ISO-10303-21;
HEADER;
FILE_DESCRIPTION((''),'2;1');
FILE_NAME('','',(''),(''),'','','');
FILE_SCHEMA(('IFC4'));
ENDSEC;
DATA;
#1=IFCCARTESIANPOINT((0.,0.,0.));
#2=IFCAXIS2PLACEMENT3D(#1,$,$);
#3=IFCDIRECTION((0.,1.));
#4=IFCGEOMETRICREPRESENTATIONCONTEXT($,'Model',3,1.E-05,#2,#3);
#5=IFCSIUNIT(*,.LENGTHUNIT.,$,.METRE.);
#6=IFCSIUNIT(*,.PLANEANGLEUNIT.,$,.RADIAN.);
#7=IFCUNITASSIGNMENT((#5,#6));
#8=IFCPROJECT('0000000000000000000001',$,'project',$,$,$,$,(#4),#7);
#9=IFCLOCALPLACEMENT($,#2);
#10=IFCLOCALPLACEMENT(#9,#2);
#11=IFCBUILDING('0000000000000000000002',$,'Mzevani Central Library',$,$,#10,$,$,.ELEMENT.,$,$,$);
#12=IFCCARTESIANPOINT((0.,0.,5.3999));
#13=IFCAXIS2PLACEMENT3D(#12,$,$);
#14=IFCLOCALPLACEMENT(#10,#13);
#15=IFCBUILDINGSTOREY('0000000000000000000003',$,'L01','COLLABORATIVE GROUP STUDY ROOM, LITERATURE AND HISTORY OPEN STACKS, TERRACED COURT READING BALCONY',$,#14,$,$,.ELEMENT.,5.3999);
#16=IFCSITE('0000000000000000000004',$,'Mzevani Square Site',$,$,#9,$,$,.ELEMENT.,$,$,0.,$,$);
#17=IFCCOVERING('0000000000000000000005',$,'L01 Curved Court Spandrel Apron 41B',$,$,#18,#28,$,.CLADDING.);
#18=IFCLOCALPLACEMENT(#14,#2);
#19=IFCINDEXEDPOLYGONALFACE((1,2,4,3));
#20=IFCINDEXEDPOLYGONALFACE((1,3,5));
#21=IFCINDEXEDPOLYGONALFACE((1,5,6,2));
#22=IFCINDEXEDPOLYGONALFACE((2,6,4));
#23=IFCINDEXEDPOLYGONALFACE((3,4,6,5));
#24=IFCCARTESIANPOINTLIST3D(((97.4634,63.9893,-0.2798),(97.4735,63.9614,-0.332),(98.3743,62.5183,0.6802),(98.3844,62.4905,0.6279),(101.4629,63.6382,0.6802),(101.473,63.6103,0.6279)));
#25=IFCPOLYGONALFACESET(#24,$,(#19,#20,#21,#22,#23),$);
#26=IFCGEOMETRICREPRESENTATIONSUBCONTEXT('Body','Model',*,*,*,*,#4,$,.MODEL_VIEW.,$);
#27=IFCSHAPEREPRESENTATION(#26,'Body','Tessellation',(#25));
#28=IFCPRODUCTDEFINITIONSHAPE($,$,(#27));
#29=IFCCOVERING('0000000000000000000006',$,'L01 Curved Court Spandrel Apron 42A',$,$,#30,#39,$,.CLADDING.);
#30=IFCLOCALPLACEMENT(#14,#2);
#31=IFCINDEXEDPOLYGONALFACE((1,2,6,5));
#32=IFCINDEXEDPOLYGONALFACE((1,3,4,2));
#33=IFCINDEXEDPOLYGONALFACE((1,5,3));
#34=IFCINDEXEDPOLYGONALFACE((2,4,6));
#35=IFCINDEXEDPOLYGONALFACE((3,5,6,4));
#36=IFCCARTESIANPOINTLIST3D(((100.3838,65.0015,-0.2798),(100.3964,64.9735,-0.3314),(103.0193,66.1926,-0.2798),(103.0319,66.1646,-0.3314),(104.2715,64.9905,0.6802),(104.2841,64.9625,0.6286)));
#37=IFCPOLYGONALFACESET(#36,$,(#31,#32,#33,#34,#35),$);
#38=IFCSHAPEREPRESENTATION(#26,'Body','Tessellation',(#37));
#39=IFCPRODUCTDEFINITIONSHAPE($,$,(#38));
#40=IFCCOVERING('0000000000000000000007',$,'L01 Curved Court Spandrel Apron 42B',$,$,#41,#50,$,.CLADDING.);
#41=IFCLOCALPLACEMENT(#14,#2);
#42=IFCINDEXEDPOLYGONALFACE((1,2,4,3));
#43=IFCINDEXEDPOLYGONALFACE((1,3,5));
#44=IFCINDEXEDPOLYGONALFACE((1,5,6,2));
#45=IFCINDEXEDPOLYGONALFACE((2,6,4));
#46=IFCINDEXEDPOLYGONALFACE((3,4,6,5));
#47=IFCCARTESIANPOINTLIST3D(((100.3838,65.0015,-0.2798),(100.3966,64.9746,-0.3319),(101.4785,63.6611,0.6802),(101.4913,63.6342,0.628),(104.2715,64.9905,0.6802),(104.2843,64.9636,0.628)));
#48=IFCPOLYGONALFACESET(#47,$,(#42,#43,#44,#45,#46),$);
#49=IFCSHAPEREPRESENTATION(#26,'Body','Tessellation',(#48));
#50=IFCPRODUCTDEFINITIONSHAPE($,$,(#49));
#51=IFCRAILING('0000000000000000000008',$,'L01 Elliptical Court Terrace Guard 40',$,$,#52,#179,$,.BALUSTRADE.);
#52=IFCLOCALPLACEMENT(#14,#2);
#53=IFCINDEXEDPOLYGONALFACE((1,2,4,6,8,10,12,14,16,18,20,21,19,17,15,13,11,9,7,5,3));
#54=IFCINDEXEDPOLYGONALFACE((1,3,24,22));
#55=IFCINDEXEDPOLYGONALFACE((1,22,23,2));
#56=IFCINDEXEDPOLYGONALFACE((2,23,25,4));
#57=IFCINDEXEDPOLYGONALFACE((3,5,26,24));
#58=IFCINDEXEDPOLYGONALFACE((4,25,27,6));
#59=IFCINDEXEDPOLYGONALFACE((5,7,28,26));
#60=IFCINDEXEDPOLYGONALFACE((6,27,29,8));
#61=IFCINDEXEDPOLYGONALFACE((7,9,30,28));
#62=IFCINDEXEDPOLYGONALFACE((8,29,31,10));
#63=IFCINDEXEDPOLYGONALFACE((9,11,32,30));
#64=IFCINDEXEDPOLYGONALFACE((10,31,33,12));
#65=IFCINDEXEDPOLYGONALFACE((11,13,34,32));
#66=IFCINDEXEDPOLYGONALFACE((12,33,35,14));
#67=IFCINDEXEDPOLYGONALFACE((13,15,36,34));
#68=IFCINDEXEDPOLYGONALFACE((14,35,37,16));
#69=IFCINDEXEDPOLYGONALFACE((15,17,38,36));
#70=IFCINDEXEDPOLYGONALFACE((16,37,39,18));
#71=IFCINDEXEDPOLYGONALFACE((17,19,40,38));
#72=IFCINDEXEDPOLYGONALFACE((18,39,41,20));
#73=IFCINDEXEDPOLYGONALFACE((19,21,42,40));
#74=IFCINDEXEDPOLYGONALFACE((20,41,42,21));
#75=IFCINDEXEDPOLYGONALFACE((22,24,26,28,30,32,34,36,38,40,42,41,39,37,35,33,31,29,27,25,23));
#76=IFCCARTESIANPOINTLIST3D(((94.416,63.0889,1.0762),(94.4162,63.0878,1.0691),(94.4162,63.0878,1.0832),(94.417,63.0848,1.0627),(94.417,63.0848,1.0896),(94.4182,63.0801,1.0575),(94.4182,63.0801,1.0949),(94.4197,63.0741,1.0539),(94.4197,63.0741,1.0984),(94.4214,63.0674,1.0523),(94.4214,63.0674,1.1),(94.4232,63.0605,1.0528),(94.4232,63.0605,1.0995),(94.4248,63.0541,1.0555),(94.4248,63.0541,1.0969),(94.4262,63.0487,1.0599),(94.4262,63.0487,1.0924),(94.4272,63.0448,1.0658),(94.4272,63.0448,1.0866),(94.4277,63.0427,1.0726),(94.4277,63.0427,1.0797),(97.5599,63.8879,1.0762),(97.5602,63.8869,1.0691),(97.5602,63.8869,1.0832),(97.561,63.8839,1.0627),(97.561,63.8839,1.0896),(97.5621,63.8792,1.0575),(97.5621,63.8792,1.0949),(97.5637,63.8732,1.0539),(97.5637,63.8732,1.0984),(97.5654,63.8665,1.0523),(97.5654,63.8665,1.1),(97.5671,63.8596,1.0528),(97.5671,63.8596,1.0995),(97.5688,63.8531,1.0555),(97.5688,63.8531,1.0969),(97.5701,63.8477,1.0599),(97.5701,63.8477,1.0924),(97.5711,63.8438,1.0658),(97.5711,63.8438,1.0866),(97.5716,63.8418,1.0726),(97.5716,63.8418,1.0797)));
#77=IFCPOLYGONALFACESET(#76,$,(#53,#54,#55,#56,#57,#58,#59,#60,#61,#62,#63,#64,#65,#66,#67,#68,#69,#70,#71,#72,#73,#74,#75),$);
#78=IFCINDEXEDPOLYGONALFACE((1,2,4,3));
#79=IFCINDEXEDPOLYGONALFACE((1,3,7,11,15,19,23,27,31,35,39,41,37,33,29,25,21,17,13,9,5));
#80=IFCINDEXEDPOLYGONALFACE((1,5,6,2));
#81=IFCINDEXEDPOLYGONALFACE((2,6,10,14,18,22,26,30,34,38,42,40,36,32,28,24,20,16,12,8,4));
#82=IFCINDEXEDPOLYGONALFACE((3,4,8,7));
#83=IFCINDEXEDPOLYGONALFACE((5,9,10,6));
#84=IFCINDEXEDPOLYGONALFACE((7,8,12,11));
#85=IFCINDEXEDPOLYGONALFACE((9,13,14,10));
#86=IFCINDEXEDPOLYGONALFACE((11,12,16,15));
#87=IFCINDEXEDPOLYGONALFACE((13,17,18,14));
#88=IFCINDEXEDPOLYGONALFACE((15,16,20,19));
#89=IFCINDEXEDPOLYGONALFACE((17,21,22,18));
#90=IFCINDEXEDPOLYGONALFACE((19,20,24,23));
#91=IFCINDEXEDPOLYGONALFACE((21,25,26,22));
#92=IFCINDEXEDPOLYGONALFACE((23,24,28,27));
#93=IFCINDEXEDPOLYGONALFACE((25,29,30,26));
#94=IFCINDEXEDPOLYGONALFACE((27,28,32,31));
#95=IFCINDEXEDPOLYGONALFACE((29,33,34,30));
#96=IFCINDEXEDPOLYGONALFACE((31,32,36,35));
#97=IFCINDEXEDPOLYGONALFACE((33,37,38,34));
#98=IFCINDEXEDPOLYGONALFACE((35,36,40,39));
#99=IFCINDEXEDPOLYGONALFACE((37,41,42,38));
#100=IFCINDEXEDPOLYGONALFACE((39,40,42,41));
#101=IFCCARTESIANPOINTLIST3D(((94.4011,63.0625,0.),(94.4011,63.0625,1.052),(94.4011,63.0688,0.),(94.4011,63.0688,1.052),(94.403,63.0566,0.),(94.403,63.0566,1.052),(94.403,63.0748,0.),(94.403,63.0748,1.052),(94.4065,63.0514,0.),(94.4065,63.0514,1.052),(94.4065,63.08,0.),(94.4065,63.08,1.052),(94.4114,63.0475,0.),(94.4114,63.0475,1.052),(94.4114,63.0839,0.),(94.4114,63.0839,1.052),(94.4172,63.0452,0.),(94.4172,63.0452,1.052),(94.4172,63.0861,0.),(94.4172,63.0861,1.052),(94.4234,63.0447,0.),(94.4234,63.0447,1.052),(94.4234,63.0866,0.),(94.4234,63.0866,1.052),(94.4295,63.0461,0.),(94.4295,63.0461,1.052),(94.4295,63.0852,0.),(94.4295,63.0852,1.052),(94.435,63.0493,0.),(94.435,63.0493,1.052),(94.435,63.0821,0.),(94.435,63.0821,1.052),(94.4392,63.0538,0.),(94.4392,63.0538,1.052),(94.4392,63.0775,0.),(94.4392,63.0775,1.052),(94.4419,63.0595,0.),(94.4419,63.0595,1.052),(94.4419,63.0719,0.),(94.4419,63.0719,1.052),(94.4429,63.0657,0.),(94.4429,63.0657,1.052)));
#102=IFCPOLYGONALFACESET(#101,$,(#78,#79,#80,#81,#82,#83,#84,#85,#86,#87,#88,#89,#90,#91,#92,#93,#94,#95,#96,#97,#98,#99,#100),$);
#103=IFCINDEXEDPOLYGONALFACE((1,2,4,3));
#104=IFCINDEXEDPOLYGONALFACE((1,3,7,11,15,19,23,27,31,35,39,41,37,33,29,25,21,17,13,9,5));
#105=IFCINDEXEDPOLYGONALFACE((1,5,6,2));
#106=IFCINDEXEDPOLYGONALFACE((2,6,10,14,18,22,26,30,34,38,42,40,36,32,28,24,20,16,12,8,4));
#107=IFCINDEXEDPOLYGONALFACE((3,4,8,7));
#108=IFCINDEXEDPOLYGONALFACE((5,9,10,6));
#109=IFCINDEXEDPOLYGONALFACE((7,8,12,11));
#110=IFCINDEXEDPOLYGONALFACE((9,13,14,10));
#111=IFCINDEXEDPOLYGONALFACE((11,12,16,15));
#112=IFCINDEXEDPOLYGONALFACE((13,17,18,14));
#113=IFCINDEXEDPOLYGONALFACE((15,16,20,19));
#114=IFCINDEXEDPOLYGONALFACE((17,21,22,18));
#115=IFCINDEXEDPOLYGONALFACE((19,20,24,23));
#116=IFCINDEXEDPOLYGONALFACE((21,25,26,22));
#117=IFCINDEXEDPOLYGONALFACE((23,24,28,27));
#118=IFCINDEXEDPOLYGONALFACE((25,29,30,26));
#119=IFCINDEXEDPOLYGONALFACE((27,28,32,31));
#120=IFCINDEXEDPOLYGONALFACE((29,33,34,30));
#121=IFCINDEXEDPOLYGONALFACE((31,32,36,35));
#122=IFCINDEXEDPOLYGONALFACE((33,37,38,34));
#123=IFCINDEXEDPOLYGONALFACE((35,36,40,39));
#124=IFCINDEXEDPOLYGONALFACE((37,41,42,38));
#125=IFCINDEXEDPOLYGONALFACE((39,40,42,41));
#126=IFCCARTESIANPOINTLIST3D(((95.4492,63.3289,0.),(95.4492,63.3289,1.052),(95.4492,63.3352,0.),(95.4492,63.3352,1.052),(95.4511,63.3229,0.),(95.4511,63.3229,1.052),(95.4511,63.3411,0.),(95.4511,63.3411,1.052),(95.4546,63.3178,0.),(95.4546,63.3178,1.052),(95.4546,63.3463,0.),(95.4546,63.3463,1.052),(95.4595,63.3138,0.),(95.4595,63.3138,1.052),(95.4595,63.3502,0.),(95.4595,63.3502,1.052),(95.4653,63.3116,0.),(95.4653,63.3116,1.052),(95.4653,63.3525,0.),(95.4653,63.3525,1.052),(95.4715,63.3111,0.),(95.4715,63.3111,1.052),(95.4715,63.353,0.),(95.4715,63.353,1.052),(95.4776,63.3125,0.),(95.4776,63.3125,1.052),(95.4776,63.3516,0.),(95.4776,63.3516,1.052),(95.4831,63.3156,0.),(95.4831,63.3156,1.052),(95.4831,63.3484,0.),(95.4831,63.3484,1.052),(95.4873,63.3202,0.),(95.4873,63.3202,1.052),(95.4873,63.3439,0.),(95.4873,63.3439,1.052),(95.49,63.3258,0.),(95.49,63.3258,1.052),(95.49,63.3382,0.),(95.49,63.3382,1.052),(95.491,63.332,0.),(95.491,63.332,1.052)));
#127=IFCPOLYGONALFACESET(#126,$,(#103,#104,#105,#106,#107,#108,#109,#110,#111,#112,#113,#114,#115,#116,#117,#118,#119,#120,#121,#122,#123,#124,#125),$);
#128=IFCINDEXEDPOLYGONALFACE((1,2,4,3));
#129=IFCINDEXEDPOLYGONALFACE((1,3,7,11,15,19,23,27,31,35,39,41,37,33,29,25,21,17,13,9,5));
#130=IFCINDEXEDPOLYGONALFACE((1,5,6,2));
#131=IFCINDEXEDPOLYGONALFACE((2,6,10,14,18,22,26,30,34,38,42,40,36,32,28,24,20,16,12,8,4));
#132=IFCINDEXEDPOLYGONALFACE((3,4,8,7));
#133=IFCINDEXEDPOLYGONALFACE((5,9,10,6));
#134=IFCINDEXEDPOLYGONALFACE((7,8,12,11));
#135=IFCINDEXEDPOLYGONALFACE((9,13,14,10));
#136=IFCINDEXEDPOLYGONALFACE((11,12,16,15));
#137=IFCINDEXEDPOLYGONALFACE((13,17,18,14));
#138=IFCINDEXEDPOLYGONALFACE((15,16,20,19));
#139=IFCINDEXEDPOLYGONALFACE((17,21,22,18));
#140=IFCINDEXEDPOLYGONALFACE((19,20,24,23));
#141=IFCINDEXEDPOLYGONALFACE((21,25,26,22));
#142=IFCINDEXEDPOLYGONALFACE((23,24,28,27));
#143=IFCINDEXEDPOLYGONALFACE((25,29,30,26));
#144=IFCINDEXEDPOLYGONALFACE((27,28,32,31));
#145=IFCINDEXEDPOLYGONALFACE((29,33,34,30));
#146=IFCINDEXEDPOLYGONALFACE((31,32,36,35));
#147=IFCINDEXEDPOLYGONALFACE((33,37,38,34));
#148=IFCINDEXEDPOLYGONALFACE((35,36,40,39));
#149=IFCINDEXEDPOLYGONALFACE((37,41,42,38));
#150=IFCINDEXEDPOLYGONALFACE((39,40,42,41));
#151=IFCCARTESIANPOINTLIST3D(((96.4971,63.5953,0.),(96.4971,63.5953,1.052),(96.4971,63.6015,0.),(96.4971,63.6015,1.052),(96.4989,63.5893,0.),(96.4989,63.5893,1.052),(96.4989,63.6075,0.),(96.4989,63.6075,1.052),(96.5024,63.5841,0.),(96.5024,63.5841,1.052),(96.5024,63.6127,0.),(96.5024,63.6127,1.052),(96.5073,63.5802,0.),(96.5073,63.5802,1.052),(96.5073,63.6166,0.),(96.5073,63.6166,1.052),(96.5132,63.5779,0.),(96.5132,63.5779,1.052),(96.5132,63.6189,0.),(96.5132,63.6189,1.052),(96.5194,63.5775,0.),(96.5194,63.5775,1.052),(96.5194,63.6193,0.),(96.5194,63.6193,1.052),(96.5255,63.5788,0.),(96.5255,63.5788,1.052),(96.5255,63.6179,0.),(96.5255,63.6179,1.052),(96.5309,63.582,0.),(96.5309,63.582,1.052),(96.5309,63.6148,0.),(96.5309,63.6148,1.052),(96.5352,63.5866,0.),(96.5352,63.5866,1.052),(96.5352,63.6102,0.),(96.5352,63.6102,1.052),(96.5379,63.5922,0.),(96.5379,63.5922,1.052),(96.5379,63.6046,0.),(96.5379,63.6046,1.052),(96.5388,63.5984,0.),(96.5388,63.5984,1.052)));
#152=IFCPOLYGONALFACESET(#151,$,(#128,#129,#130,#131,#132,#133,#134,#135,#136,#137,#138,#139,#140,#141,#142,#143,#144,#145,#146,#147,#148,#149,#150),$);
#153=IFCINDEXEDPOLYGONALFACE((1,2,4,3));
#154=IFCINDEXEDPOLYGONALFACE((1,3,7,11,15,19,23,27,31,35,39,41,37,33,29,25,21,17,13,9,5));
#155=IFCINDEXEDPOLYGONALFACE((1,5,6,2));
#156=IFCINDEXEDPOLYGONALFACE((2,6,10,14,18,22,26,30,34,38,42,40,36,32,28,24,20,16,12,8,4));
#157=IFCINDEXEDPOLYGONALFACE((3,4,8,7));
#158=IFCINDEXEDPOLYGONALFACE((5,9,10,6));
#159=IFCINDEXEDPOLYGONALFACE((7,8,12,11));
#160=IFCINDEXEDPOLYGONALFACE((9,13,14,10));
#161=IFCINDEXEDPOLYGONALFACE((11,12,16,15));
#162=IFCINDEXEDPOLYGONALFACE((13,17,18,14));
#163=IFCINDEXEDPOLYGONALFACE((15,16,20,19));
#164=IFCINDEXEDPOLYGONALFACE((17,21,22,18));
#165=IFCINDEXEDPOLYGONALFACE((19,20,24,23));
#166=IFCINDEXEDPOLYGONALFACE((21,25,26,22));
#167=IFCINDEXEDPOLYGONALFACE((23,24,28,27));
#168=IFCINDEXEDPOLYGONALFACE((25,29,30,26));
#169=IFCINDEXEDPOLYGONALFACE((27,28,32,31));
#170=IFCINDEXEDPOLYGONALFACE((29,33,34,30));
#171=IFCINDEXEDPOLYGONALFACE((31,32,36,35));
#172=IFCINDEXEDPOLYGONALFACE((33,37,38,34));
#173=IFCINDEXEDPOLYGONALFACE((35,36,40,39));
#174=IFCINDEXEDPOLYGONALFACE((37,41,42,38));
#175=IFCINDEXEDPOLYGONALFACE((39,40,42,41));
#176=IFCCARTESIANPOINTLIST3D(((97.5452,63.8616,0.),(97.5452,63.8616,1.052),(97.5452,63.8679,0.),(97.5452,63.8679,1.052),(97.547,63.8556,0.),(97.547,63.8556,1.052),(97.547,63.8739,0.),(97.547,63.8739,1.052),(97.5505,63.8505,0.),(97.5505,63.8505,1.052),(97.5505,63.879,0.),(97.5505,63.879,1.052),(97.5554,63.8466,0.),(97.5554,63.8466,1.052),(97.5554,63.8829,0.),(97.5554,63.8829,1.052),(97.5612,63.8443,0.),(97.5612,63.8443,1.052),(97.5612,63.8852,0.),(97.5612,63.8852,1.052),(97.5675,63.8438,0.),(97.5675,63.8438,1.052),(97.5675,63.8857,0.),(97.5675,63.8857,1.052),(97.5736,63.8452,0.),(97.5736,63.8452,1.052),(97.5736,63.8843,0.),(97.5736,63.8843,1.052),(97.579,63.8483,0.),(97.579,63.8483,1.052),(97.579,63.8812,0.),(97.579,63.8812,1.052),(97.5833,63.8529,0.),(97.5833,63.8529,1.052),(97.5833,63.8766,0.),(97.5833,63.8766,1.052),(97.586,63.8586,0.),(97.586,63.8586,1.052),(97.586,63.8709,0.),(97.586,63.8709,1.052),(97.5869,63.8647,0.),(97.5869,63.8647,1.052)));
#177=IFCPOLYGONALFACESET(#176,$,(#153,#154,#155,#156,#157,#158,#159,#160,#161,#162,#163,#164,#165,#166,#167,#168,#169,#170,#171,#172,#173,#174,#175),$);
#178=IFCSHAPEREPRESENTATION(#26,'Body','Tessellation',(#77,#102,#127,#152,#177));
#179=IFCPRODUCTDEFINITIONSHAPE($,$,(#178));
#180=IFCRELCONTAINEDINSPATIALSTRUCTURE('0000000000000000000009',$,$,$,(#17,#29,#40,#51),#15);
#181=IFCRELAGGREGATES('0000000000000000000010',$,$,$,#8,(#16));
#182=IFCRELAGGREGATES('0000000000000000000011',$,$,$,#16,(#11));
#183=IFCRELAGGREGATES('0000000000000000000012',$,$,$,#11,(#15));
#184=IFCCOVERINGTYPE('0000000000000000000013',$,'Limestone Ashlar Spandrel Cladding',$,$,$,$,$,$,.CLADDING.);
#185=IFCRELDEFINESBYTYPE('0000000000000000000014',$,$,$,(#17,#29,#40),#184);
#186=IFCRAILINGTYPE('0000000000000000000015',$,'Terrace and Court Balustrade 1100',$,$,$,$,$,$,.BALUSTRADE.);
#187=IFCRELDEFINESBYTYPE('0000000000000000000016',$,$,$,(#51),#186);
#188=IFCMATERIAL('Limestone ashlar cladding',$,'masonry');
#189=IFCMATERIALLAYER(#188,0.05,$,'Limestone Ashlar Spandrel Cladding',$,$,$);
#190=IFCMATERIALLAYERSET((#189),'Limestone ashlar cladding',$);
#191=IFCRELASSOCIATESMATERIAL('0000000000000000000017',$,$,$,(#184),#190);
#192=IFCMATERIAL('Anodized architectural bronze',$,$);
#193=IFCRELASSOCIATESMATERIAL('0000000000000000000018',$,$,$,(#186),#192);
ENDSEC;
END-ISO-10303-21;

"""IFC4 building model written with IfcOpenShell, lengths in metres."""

from ifc_helpers import new_model, si_unit, direction, frame, origin, origin_2d, place, context, subcontext, project, spatial, polyline, circle, outline, extrude, material, layer, layer_set, type_object, element, save


model = new_model("IFC4")

# Units and contexts
model_context = context("Model", 3, precision=1e-05, world=origin(), true_north=direction((0.0, 1.0)))
body_context = subcontext(model_context, "Body", "Model", "MODEL_VIEW")
ifc_project = project(units=[si_unit("LENGTHUNIT", "METRE"), si_unit("PLANEANGLEUNIT", "RADIAN")], contexts=[model_context])

# Site, building, storey
site_placement = place(None, origin())
site = spatial("IfcSite", under=ifc_project, at=site_placement, Name="Mzevani Square Site", CompositionType="ELEMENT", RefElevation=0.0)
building_placement = place(site_placement, origin())
building = spatial("IfcBuilding", under=site, at=building_placement, Name="Mzevani Central Library", CompositionType="ELEMENT")
storey_placement = place(building_placement, frame((0.0, 0.0, 5.3999)))
storey = spatial("IfcBuildingStorey", under=building, at=storey_placement, Name="L01", Description="COLLABORATIVE GROUP STUDY ROOM, LITERATURE AND HISTORY OPEN STACKS, TERRACED COURT READING BALCONY", CompositionType="ELEMENT", Elevation=5.3999)

# Coverings
ifc_material_1 = material(Name="Limestone ashlar cladding", Category="masonry")
ifc_layer_1 = layer(ifc_material_1, 0.05, Name="Limestone Ashlar Spandrel Cladding")
ifc_layer_set_1 = layer_set([ifc_layer_1], Name="Limestone ashlar cladding")
covering_type = type_object("IfcCoveringType", Name="Limestone Ashlar Spandrel Cladding", PredefinedType="CLADDING", material=ifc_layer_set_1)
covering_1_placement = place(storey_placement, frame((97.4634, 63.9893, -0.2798), z_axis=(-0.168104, 0.463633, 0.869934), x_axis=(0.96886, -0.085046, 0.232545)))
element("IfcCovering", 1, at=covering_1_placement, inside=storey, type_object=covering_type, Name="L01 Curved Court Spandrel Apron 41B", PredefinedType="CLADDING", context=body_context, shape_type="SweptSolid", body=[
    extrude(outline(polyline([(0.0, 0.0), (4.1281, 0.0), (1.2309, -1.5492), (0.0, 0.0)])), origin(), (0.0, 0.0, -1.0), 0.0601),
])
covering_2_placement = place(storey_placement, frame((100.3838, 65.0015, -0.2798), z_axis=(-0.210807, 0.466421, 0.859076), x_axis=(0.911249, 0.411856, 0.0)))
element("IfcCovering", 2, at=covering_2_placement, inside=storey, type_object=covering_type, Name="L01 Curved Court Spandrel Apron 42A", PredefinedType="CLADDING", context=body_context, shape_type="SweptSolid", body=[
    extrude(outline(polyline([(0.0, 0.0), (2.8922, 0.0), (3.5381, -1.8755), (0.0, 0.0)])), origin(), (0.0, 0.0, -1.0), 0.0601),
])
covering_3_placement = place(storey_placement, frame((100.3838, 65.0015, -0.2798), z_axis=(-0.213148, 0.447827, 0.868343), x_axis=(0.970838, -0.002744, 0.239722)))
element("IfcCovering", 3, at=covering_3_placement, inside=storey, type_object=covering_type, Name="L01 Curved Court Spandrel Apron 42B", PredefinedType="CLADDING", context=body_context, shape_type="SweptSolid", body=[
    extrude(outline(polyline([(0.0, 0.0), (4.0045, 0.0), (1.2966, -1.4951), (0.0, 0.0)])), origin(), (0.0, 0.0, -1.0), 0.0601),
])

# Railing
ifc_material_2 = material(Name="Anodized architectural bronze")
railing_type = type_object("IfcRailingType", Name="Terrace and Court Balustrade 1100", PredefinedType="BALUSTRADE", material=ifc_material_2)
railing_1_placement = place(storey_placement, frame((94.4219, 63.0657, 0.0)))
element("IfcRailing", 4, at=railing_1_placement, inside=storey, type_object=railing_type, Name="L01 Elliptical Court Terrace Guard 40", PredefinedType="BALUSTRADE", context=body_context, shape_type="SweptSolid", body=[
    extrude(circle(Radius=0.0239, at=origin_2d()), frame((0.0, 0.0, 1.0762), z_axis=(0.969188, 0.246323, 0.0), x_axis=(-0.246323, 0.969188, 0.0)), (0.0, 0.0, 1.0), 3.2439),
    extrude(circle(Radius=0.021, at=origin_2d()), origin(), (0.0, 0.0, 1.0), 1.052),
    extrude(circle(Radius=0.021, at=origin_2d()), frame((1.0481, 0.2664, 0.0)), (0.0, 0.0, 1.0), 1.052),
    extrude(circle(Radius=0.021, at=origin_2d()), frame((2.0959, 0.5327, 0.0)), (0.0, 0.0, 1.0), 1.052),
    extrude(circle(Radius=0.021, at=origin_2d()), frame((3.144, 0.7991, 0.0)), (0.0, 0.0, 1.0), 1.052),
])

save(model, "model.ifc")
